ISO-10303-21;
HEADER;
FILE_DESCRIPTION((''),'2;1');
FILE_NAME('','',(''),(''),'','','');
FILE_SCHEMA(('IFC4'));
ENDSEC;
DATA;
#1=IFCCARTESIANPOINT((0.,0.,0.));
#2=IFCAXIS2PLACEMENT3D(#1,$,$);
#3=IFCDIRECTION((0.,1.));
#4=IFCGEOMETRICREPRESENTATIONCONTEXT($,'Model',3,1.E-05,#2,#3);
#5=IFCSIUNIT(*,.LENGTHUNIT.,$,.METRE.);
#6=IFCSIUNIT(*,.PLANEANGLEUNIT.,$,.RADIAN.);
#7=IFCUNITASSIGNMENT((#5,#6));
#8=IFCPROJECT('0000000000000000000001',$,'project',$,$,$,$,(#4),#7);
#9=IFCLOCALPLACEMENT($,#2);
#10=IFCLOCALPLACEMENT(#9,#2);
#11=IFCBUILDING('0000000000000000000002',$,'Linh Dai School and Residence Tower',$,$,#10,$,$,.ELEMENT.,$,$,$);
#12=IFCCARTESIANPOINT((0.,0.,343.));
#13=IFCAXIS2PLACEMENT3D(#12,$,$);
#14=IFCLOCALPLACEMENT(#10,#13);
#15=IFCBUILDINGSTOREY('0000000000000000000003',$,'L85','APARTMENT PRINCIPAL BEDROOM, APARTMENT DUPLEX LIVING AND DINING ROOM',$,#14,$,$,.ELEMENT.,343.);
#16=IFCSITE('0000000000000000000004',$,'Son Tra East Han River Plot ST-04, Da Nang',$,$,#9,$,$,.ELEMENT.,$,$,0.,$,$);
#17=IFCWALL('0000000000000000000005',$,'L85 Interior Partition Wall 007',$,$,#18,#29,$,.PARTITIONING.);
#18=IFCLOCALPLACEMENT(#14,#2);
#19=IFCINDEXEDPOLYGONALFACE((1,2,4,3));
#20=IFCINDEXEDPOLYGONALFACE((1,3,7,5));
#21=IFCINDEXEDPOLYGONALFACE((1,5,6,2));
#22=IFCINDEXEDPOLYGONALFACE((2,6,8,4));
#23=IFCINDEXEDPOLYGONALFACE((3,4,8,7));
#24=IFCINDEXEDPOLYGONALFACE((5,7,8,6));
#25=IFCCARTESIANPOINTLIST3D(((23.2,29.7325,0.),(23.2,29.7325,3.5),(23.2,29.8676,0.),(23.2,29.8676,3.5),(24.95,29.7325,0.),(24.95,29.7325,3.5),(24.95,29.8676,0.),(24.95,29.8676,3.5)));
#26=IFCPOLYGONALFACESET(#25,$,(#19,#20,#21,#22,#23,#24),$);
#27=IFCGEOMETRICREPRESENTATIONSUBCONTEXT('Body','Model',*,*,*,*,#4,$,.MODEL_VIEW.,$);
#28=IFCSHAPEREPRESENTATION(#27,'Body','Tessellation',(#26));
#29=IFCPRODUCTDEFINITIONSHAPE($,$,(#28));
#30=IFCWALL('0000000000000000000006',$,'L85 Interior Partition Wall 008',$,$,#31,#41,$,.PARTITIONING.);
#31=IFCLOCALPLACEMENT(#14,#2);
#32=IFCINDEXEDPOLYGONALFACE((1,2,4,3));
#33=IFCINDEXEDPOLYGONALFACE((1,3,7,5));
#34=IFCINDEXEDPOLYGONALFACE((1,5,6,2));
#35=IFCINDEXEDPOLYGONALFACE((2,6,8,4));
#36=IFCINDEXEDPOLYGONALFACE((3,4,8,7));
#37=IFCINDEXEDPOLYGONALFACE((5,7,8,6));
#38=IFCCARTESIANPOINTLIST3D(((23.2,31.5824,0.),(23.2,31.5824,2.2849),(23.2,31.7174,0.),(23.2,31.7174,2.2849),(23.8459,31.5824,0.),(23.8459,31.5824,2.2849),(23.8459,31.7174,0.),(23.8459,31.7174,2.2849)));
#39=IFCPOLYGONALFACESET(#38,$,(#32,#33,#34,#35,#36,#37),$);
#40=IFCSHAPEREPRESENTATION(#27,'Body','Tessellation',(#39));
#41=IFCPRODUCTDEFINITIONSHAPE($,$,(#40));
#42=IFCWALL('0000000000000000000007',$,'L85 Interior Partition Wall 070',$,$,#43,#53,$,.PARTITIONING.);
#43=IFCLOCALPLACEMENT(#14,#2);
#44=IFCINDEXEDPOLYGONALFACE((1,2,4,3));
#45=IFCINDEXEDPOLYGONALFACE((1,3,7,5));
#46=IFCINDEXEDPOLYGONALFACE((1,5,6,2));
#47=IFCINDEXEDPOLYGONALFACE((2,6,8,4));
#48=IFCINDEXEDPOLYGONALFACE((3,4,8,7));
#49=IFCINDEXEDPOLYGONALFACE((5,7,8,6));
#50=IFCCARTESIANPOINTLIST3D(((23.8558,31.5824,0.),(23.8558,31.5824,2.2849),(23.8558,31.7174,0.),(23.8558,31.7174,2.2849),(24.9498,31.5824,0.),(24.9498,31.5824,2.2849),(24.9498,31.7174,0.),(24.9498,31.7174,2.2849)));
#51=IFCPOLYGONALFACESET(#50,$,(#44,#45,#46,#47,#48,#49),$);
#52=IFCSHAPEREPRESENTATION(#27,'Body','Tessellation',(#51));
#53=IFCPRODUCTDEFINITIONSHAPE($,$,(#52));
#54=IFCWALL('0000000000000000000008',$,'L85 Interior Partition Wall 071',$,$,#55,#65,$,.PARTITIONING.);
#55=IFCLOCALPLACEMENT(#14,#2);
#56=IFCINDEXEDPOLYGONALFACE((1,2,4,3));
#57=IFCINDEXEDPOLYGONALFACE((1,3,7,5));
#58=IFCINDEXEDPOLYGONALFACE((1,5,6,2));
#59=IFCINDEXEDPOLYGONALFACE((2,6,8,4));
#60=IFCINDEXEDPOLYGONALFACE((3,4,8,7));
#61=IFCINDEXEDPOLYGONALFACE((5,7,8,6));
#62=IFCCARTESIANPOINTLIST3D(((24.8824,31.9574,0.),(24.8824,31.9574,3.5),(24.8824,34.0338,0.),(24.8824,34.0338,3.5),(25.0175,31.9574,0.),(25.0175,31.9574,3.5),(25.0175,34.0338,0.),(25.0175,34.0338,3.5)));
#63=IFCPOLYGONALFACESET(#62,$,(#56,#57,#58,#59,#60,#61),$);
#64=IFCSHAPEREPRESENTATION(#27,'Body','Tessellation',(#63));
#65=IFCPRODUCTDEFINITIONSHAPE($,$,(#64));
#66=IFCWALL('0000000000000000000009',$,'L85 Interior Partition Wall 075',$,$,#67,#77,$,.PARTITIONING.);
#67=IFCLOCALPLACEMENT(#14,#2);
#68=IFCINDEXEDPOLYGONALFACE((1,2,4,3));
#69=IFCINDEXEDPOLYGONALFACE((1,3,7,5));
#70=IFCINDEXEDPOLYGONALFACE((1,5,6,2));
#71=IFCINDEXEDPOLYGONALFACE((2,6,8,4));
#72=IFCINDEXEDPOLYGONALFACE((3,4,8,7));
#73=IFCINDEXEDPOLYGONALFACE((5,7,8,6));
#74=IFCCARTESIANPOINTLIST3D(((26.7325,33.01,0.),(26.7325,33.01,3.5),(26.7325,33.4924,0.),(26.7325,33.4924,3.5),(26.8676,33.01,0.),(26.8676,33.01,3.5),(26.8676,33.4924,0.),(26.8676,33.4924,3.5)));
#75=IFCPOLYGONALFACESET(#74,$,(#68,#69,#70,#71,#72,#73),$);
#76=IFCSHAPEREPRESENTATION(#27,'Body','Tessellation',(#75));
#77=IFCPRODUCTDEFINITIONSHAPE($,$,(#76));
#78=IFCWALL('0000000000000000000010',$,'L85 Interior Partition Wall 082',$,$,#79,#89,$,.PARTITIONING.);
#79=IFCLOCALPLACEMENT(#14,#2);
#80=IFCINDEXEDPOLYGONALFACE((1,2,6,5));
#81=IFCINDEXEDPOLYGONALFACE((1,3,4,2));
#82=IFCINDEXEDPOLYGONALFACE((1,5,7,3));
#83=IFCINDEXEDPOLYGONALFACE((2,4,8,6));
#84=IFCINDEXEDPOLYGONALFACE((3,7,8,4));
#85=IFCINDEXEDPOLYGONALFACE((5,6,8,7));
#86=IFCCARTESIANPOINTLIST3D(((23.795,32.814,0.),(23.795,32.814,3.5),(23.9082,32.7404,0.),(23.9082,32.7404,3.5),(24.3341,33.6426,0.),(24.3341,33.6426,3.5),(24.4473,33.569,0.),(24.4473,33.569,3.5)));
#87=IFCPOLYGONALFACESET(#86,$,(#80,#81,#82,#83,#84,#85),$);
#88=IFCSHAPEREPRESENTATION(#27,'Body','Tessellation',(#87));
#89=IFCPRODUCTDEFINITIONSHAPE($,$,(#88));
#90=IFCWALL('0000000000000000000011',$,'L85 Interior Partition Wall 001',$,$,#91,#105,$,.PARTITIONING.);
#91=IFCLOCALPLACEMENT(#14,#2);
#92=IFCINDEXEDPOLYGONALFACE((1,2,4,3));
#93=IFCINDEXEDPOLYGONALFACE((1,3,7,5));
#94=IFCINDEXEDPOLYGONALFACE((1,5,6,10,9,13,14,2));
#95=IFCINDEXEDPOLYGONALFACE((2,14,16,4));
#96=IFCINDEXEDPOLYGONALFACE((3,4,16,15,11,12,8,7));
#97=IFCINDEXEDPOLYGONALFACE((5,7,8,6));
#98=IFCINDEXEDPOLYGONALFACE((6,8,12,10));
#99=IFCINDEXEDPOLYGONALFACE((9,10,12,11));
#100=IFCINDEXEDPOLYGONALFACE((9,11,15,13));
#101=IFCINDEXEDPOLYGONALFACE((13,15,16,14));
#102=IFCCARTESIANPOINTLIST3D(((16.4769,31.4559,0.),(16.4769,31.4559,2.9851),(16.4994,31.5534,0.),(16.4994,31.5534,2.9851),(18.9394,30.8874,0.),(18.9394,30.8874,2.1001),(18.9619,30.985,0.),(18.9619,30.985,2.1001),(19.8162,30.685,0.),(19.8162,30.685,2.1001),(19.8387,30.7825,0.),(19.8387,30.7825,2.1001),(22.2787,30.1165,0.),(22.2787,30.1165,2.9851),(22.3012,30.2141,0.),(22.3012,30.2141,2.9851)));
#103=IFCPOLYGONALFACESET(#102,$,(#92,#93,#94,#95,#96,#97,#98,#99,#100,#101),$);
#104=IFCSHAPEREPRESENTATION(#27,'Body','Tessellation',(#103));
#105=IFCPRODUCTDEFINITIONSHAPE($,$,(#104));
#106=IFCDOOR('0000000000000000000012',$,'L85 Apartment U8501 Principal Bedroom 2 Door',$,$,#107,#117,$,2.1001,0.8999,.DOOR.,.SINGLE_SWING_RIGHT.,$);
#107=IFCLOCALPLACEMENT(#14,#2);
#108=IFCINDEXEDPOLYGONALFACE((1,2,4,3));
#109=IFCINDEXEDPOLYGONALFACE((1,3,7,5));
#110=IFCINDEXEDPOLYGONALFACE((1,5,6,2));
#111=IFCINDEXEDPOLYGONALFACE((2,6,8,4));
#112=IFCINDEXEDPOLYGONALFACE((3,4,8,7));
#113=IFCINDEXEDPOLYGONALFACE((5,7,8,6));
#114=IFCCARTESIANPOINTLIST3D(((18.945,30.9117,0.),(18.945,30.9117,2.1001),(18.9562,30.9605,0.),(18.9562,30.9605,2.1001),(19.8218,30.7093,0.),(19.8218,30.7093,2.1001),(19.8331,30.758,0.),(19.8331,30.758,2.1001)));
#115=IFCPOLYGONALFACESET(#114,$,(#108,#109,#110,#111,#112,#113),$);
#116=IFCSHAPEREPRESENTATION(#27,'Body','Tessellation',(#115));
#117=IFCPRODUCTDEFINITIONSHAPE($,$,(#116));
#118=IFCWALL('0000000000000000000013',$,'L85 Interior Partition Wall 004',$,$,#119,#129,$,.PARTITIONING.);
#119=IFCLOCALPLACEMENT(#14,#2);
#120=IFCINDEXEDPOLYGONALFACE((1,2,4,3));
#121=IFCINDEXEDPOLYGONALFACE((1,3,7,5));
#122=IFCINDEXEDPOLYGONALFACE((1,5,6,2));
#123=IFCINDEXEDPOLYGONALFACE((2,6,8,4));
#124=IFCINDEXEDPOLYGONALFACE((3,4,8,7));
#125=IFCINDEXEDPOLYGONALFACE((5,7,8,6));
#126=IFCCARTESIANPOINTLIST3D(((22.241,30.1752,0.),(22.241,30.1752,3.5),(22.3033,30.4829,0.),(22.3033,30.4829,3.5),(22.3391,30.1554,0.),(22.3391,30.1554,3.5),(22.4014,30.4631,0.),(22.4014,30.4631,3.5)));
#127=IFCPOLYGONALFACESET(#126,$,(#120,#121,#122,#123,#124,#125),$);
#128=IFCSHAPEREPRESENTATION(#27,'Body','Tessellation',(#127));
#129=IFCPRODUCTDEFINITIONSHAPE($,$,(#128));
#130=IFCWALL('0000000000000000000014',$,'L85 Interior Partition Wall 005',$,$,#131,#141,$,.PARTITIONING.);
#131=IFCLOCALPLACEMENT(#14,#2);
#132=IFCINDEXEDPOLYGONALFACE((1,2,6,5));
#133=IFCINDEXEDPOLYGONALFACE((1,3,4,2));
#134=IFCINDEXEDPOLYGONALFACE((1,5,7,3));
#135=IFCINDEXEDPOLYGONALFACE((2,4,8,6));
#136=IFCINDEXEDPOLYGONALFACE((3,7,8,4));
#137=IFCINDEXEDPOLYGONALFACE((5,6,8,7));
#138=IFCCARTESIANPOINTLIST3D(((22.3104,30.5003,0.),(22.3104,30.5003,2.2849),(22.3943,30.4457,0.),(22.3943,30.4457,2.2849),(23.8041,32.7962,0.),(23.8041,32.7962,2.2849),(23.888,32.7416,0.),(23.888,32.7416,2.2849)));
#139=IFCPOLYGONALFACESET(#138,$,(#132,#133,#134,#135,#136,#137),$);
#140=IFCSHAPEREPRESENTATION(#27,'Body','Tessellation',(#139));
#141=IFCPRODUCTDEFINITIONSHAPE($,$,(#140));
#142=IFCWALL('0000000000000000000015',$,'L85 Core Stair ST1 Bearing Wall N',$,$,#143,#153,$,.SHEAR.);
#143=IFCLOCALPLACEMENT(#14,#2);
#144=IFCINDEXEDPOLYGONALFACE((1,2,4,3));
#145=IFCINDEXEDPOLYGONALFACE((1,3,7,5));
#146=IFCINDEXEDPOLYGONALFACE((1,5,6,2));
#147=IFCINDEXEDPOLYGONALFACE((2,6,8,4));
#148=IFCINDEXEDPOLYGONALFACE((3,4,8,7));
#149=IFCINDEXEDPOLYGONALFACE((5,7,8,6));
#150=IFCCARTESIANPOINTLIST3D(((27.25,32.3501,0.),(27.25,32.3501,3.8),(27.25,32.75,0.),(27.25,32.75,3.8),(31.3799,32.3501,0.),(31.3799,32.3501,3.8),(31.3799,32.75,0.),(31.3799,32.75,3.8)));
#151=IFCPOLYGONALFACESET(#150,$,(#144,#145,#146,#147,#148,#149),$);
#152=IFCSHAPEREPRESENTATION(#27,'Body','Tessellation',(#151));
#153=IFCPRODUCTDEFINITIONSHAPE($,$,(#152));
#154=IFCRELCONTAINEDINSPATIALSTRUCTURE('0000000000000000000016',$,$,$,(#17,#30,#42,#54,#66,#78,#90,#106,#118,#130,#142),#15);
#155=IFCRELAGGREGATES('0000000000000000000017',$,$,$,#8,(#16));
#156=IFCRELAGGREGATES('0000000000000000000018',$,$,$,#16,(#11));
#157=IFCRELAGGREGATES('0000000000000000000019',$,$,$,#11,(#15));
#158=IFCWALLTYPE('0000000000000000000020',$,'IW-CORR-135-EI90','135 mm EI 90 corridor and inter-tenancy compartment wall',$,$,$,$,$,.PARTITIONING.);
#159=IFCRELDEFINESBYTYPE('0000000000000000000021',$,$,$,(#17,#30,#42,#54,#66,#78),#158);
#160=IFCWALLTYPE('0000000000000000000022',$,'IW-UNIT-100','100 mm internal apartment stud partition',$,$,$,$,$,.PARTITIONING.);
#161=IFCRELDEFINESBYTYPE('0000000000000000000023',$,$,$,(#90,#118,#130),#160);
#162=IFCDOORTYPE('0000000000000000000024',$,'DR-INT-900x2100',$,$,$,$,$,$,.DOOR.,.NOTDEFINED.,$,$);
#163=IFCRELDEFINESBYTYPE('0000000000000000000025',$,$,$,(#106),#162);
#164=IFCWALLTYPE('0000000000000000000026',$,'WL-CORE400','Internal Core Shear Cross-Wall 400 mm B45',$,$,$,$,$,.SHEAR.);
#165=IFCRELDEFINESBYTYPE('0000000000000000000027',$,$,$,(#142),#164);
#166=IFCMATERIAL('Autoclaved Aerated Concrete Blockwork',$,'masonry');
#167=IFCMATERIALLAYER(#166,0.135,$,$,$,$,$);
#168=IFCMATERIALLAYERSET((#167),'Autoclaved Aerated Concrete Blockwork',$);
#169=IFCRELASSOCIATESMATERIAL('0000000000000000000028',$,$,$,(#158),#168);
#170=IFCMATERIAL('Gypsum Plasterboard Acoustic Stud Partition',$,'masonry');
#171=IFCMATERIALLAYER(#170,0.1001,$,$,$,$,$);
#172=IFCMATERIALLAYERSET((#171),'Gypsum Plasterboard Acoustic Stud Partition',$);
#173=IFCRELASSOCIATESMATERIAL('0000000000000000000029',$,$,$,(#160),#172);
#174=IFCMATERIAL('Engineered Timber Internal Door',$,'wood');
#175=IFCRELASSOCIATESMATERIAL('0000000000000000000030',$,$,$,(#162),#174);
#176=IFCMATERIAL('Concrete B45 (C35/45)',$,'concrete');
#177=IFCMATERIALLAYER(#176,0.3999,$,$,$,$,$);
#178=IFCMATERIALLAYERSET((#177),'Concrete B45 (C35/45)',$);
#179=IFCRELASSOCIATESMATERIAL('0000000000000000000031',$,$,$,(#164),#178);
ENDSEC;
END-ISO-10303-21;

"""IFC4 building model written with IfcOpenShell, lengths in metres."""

from ifc_helpers import new_model, si_unit, direction, frame, frame_2d, origin, origin_2d, place, context, subcontext, project, spatial, rectangle, extrude, source, transform, mapped, material, layer, layer_set, type_object, element, fill, save


model = new_model("IFC4")

# Units and contexts
model_context = context("Model", 3, precision=1e-05, world=origin(), true_north=direction((0.0, 1.0)))
body_context = subcontext(model_context, "Body", "Model", "MODEL_VIEW")
ifc_project = project(units=[si_unit("LENGTHUNIT", "METRE"), si_unit("PLANEANGLEUNIT", "RADIAN")], contexts=[model_context])

# Site, building, storey
site_placement = place(None, origin())
site = spatial("IfcSite", under=ifc_project, at=site_placement, Name="Son Tra East Han River Plot ST-04, Da Nang", CompositionType="ELEMENT", RefElevation=0.0)
building_placement = place(site_placement, origin())
building = spatial("IfcBuilding", under=site, at=building_placement, Name="Linh Dai School and Residence Tower", CompositionType="ELEMENT")
storey_placement = place(building_placement, frame((0.0, 0.0, 343.0)))
storey = spatial("IfcBuildingStorey", under=building, at=storey_placement, Name="L85", Description="APARTMENT PRINCIPAL BEDROOM, APARTMENT DUPLEX LIVING AND DINING ROOM", CompositionType="ELEMENT", Elevation=343.0)

# Shared definitions
ifc_material_1 = material(Name="Concrete B45 (C35/45)", Category="concrete")

# Shared definitions
ifc_material_2 = material(Name="Autoclaved Aerated Concrete Blockwork", Category="masonry")
ifc_layer_1 = layer(ifc_material_2, 0.135)
ifc_layer_set_1 = layer_set([ifc_layer_1], Name="Autoclaved Aerated Concrete Blockwork")
wall_type_1 = type_object("IfcWallType", Name="IW-CORR-135-EI90", Description="135 mm EI 90 corridor and inter-tenancy compartment wall", PredefinedType="PARTITIONING", material=ifc_layer_set_1)

# Walls
wall_1_placement = place(storey_placement, frame((23.2, 29.8, 0.0), z_axis=(0.0, 0.0, 1.0), x_axis=(1.0, 0.0, 0.0)))
element("IfcWall", 1, at=wall_1_placement, inside=storey, type_object=wall_type_1, Name="L85 Interior Partition Wall 007", PredefinedType="PARTITIONING", context=body_context, shape_type="SweptSolid", body=[
    extrude(rectangle(XDim=1.75, YDim=0.135, at=frame_2d((0.875, 0.0))), origin(), (0.0, 0.0, 1.0), 3.5),
])
wall_2_placement = place(storey_placement, frame((23.2, 31.6499, 0.0), z_axis=(0.0, 0.0, 1.0), x_axis=(1.0, 0.0, 0.0)))
element("IfcWall", 2, at=wall_2_placement, inside=storey, type_object=wall_type_1, Name="L85 Interior Partition Wall 008", PredefinedType="PARTITIONING", context=body_context, shape_type="SweptSolid", body=[
    extrude(rectangle(XDim=0.646, YDim=0.135, at=frame_2d((0.323, 0.0))), origin(), (0.0, 0.0, 1.0), 2.2849),
])
wall_3_placement = place(storey_placement, frame((23.856, 31.6499, 0.0), z_axis=(0.0, 0.0, 1.0), x_axis=(1.0, 0.0, 0.0)))
element("IfcWall", 3, at=wall_3_placement, inside=storey, type_object=wall_type_1, Name="L85 Interior Partition Wall 070", PredefinedType="PARTITIONING", context=body_context, shape_type="SweptSolid", body=[
    extrude(rectangle(XDim=1.094, YDim=0.135, at=frame_2d((0.5469, 0.0))), origin(), (0.0, 0.0, 1.0), 2.2849),
])
wall_4_placement = place(storey_placement, frame((24.95, 31.9575, 0.0), z_axis=(0.0, 0.0, 1.0), x_axis=(0.0, 1.0, 0.0)))
element("IfcWall", 4, at=wall_4_placement, inside=storey, type_object=wall_type_1, Name="L85 Interior Partition Wall 071", PredefinedType="PARTITIONING", context=body_context, shape_type="SweptSolid", body=[
    extrude(rectangle(XDim=2.0764, YDim=0.135, at=frame_2d((1.0381, 0.0))), origin(), (0.0, 0.0, 1.0), 3.5),
])
wall_5_placement = place(storey_placement, frame((26.8, 33.4924, 0.0), z_axis=(0.0, 0.0, 1.0), x_axis=(0.0, -1.0, 0.0)))
element("IfcWall", 5, at=wall_5_placement, inside=storey, type_object=wall_type_1, Name="L85 Interior Partition Wall 075", PredefinedType="PARTITIONING", context=body_context, shape_type="SweptSolid", body=[
    extrude(rectangle(XDim=0.4824, YDim=0.135, at=frame_2d((0.2412, 0.0))), origin(), (0.0, 0.0, 1.0), 3.5),
])
wall_6_placement = place(storey_placement, frame((24.3906, 33.6057, 0.0), z_axis=(0.0, 0.0, 1.0), x_axis=(-0.545318, -0.838229, 0.0)))
element("IfcWall", 6, at=wall_6_placement, inside=storey, type_object=wall_type_1, Name="L85 Interior Partition Wall 082", PredefinedType="PARTITIONING", context=body_context, shape_type="SweptSolid", body=[
    extrude(rectangle(XDim=0.9885, YDim=0.135, at=frame_2d((0.4941, 0.0))), origin(), (0.0, 0.0, 1.0), 3.5),
])

# Wall, opening, door
ifc_material_3 = material(Name="Gypsum Plasterboard Acoustic Stud Partition", Category="masonry")
ifc_layer_2 = layer(ifc_material_3, 0.1001)
ifc_layer_set_2 = layer_set([ifc_layer_2], Name="Gypsum Plasterboard Acoustic Stud Partition")
wall_type_2 = type_object("IfcWallType", Name="IW-UNIT-100", Description="100 mm internal apartment stud partition", PredefinedType="PARTITIONING", material=ifc_layer_set_2)
wall_7_placement = place(storey_placement, frame((16.4883, 31.5046, 0.0), z_axis=(0.0, 0.0, 1.0), x_axis=(0.974373, -0.224937, 0.0)))
wall_7 = element("IfcWall", 7, at=wall_7_placement, inside=storey, type_object=wall_type_2, Name="L85 Interior Partition Wall 001", PredefinedType="PARTITIONING", context=body_context, shape_type="SweptSolid", body=[
    extrude(rectangle(XDim=5.9543, YDim=0.1001, at=frame_2d((2.9771, 0.0))), origin(), (0.0, 0.0, 1.0), 2.9851),
])
opening_1_placement = place(wall_7_placement, frame((2.5271, 0.0, 0.0)))
opening_1 = element("IfcOpeningElement", 8, at=opening_1_placement, cuts=wall_7, PredefinedType="OPENING", context=body_context, shape_type="SweptSolid", body=[
    extrude(rectangle(XDim=0.8999, YDim=2.1001, at=origin_2d()), frame((0.45, 0.0601, 1.05), z_axis=(0.0, -1.0, 0.0), x_axis=(1.0, 0.0, 0.0)), (0.0, 0.0, 1.0), 0.1201),
])
ifc_material_4 = material(Name="Engineered Timber Internal Door", Category="wood")
door_type_1 = type_object("IfcDoorType", Name="DR-INT-900x2100", OperationType="NOTDEFINED", PredefinedType="DOOR", material=ifc_material_4)
shared_shape_1 = source(origin(), body_context, "Body", "SweptSolid", [
    extrude(rectangle(XDim=0.8999, YDim=2.1001, at=origin_2d()), frame((0.45, 0.0249, 1.05), z_axis=(0.0, -1.0, 0.0), x_axis=(1.0, 0.0, 0.0)), (0.0, 0.0, 1.0), 0.05),
])
door_1_placement = place(opening_1_placement, origin())
door_1 = element("IfcDoor", 9, at=door_1_placement, inside=storey, type_object=door_type_1, Name="L85 Apartment U8501 Principal Bedroom 2 Door", OperationType="SINGLE_SWING_RIGHT", OverallHeight=2.1001, OverallWidth=0.8999, PredefinedType="DOOR", context=body_context, shape_type="MappedRepresentation", body=[
    mapped(shared_shape_1, transform((0.0, 0.0, 0.0), x_axis=(1.0, 0.0, 0.0), y_axis=(0.0, 1.0, 0.0), z_axis=(0.0, 0.0, 1.0), scale=1.0)),
])
fill(opening_1, door_1)

# Walls
wall_8_placement = place(storey_placement, frame((22.29, 30.1653, 0.0), z_axis=(0.0, 0.0, 1.0), x_axis=(0.19836, 0.980129, 0.0)))
element("IfcWall", 10, at=wall_8_placement, inside=storey, type_object=wall_type_2, Name="L85 Interior Partition Wall 004", PredefinedType="PARTITIONING", context=body_context, shape_type="SweptSolid", body=[
    extrude(rectangle(XDim=0.314, YDim=0.1001, at=frame_2d((0.157, 0.0))), origin(), (0.0, 0.0, 1.0), 3.5),
])
wall_9_placement = place(storey_placement, frame((22.3523, 30.4729, 0.0), z_axis=(0.0, 0.0, 1.0), x_axis=(0.545327, 0.838224, 0.0)))
element("IfcWall", 11, at=wall_9_placement, inside=storey, type_object=wall_type_2, Name="L85 Interior Partition Wall 005", PredefinedType="PARTITIONING", context=body_context, shape_type="SweptSolid", body=[
    extrude(rectangle(XDim=2.739, YDim=0.1001, at=frame_2d((1.3696, 0.0))), origin(), (0.0, 0.0, 1.0), 2.2849),
])
ifc_layer_3 = layer(ifc_material_1, 0.3999)
ifc_layer_set_3 = layer_set([ifc_layer_3], Name="Concrete B45 (C35/45)")
wall_type_3 = type_object("IfcWallType", Name="WL-CORE400", Description="Internal Core Shear Cross-Wall 400 mm B45", PredefinedType="SHEAR", material=ifc_layer_set_3)
wall_10_placement = place(storey_placement, frame((27.25, 32.55, 0.0), z_axis=(0.0, 0.0, 1.0), x_axis=(1.0, 0.0, 0.0)))
element("IfcWall", 12, at=wall_10_placement, inside=storey, type_object=wall_type_3, Name="L85 Core Stair ST1 Bearing Wall N", PredefinedType="SHEAR", context=body_context, shape_type="SweptSolid", body=[
    extrude(rectangle(XDim=4.1299, YDim=0.3999, at=frame_2d((2.0649, 0.0))), origin(), (0.0, 0.0, 1.0), 3.8),
])

save(model, "model.ifc")
